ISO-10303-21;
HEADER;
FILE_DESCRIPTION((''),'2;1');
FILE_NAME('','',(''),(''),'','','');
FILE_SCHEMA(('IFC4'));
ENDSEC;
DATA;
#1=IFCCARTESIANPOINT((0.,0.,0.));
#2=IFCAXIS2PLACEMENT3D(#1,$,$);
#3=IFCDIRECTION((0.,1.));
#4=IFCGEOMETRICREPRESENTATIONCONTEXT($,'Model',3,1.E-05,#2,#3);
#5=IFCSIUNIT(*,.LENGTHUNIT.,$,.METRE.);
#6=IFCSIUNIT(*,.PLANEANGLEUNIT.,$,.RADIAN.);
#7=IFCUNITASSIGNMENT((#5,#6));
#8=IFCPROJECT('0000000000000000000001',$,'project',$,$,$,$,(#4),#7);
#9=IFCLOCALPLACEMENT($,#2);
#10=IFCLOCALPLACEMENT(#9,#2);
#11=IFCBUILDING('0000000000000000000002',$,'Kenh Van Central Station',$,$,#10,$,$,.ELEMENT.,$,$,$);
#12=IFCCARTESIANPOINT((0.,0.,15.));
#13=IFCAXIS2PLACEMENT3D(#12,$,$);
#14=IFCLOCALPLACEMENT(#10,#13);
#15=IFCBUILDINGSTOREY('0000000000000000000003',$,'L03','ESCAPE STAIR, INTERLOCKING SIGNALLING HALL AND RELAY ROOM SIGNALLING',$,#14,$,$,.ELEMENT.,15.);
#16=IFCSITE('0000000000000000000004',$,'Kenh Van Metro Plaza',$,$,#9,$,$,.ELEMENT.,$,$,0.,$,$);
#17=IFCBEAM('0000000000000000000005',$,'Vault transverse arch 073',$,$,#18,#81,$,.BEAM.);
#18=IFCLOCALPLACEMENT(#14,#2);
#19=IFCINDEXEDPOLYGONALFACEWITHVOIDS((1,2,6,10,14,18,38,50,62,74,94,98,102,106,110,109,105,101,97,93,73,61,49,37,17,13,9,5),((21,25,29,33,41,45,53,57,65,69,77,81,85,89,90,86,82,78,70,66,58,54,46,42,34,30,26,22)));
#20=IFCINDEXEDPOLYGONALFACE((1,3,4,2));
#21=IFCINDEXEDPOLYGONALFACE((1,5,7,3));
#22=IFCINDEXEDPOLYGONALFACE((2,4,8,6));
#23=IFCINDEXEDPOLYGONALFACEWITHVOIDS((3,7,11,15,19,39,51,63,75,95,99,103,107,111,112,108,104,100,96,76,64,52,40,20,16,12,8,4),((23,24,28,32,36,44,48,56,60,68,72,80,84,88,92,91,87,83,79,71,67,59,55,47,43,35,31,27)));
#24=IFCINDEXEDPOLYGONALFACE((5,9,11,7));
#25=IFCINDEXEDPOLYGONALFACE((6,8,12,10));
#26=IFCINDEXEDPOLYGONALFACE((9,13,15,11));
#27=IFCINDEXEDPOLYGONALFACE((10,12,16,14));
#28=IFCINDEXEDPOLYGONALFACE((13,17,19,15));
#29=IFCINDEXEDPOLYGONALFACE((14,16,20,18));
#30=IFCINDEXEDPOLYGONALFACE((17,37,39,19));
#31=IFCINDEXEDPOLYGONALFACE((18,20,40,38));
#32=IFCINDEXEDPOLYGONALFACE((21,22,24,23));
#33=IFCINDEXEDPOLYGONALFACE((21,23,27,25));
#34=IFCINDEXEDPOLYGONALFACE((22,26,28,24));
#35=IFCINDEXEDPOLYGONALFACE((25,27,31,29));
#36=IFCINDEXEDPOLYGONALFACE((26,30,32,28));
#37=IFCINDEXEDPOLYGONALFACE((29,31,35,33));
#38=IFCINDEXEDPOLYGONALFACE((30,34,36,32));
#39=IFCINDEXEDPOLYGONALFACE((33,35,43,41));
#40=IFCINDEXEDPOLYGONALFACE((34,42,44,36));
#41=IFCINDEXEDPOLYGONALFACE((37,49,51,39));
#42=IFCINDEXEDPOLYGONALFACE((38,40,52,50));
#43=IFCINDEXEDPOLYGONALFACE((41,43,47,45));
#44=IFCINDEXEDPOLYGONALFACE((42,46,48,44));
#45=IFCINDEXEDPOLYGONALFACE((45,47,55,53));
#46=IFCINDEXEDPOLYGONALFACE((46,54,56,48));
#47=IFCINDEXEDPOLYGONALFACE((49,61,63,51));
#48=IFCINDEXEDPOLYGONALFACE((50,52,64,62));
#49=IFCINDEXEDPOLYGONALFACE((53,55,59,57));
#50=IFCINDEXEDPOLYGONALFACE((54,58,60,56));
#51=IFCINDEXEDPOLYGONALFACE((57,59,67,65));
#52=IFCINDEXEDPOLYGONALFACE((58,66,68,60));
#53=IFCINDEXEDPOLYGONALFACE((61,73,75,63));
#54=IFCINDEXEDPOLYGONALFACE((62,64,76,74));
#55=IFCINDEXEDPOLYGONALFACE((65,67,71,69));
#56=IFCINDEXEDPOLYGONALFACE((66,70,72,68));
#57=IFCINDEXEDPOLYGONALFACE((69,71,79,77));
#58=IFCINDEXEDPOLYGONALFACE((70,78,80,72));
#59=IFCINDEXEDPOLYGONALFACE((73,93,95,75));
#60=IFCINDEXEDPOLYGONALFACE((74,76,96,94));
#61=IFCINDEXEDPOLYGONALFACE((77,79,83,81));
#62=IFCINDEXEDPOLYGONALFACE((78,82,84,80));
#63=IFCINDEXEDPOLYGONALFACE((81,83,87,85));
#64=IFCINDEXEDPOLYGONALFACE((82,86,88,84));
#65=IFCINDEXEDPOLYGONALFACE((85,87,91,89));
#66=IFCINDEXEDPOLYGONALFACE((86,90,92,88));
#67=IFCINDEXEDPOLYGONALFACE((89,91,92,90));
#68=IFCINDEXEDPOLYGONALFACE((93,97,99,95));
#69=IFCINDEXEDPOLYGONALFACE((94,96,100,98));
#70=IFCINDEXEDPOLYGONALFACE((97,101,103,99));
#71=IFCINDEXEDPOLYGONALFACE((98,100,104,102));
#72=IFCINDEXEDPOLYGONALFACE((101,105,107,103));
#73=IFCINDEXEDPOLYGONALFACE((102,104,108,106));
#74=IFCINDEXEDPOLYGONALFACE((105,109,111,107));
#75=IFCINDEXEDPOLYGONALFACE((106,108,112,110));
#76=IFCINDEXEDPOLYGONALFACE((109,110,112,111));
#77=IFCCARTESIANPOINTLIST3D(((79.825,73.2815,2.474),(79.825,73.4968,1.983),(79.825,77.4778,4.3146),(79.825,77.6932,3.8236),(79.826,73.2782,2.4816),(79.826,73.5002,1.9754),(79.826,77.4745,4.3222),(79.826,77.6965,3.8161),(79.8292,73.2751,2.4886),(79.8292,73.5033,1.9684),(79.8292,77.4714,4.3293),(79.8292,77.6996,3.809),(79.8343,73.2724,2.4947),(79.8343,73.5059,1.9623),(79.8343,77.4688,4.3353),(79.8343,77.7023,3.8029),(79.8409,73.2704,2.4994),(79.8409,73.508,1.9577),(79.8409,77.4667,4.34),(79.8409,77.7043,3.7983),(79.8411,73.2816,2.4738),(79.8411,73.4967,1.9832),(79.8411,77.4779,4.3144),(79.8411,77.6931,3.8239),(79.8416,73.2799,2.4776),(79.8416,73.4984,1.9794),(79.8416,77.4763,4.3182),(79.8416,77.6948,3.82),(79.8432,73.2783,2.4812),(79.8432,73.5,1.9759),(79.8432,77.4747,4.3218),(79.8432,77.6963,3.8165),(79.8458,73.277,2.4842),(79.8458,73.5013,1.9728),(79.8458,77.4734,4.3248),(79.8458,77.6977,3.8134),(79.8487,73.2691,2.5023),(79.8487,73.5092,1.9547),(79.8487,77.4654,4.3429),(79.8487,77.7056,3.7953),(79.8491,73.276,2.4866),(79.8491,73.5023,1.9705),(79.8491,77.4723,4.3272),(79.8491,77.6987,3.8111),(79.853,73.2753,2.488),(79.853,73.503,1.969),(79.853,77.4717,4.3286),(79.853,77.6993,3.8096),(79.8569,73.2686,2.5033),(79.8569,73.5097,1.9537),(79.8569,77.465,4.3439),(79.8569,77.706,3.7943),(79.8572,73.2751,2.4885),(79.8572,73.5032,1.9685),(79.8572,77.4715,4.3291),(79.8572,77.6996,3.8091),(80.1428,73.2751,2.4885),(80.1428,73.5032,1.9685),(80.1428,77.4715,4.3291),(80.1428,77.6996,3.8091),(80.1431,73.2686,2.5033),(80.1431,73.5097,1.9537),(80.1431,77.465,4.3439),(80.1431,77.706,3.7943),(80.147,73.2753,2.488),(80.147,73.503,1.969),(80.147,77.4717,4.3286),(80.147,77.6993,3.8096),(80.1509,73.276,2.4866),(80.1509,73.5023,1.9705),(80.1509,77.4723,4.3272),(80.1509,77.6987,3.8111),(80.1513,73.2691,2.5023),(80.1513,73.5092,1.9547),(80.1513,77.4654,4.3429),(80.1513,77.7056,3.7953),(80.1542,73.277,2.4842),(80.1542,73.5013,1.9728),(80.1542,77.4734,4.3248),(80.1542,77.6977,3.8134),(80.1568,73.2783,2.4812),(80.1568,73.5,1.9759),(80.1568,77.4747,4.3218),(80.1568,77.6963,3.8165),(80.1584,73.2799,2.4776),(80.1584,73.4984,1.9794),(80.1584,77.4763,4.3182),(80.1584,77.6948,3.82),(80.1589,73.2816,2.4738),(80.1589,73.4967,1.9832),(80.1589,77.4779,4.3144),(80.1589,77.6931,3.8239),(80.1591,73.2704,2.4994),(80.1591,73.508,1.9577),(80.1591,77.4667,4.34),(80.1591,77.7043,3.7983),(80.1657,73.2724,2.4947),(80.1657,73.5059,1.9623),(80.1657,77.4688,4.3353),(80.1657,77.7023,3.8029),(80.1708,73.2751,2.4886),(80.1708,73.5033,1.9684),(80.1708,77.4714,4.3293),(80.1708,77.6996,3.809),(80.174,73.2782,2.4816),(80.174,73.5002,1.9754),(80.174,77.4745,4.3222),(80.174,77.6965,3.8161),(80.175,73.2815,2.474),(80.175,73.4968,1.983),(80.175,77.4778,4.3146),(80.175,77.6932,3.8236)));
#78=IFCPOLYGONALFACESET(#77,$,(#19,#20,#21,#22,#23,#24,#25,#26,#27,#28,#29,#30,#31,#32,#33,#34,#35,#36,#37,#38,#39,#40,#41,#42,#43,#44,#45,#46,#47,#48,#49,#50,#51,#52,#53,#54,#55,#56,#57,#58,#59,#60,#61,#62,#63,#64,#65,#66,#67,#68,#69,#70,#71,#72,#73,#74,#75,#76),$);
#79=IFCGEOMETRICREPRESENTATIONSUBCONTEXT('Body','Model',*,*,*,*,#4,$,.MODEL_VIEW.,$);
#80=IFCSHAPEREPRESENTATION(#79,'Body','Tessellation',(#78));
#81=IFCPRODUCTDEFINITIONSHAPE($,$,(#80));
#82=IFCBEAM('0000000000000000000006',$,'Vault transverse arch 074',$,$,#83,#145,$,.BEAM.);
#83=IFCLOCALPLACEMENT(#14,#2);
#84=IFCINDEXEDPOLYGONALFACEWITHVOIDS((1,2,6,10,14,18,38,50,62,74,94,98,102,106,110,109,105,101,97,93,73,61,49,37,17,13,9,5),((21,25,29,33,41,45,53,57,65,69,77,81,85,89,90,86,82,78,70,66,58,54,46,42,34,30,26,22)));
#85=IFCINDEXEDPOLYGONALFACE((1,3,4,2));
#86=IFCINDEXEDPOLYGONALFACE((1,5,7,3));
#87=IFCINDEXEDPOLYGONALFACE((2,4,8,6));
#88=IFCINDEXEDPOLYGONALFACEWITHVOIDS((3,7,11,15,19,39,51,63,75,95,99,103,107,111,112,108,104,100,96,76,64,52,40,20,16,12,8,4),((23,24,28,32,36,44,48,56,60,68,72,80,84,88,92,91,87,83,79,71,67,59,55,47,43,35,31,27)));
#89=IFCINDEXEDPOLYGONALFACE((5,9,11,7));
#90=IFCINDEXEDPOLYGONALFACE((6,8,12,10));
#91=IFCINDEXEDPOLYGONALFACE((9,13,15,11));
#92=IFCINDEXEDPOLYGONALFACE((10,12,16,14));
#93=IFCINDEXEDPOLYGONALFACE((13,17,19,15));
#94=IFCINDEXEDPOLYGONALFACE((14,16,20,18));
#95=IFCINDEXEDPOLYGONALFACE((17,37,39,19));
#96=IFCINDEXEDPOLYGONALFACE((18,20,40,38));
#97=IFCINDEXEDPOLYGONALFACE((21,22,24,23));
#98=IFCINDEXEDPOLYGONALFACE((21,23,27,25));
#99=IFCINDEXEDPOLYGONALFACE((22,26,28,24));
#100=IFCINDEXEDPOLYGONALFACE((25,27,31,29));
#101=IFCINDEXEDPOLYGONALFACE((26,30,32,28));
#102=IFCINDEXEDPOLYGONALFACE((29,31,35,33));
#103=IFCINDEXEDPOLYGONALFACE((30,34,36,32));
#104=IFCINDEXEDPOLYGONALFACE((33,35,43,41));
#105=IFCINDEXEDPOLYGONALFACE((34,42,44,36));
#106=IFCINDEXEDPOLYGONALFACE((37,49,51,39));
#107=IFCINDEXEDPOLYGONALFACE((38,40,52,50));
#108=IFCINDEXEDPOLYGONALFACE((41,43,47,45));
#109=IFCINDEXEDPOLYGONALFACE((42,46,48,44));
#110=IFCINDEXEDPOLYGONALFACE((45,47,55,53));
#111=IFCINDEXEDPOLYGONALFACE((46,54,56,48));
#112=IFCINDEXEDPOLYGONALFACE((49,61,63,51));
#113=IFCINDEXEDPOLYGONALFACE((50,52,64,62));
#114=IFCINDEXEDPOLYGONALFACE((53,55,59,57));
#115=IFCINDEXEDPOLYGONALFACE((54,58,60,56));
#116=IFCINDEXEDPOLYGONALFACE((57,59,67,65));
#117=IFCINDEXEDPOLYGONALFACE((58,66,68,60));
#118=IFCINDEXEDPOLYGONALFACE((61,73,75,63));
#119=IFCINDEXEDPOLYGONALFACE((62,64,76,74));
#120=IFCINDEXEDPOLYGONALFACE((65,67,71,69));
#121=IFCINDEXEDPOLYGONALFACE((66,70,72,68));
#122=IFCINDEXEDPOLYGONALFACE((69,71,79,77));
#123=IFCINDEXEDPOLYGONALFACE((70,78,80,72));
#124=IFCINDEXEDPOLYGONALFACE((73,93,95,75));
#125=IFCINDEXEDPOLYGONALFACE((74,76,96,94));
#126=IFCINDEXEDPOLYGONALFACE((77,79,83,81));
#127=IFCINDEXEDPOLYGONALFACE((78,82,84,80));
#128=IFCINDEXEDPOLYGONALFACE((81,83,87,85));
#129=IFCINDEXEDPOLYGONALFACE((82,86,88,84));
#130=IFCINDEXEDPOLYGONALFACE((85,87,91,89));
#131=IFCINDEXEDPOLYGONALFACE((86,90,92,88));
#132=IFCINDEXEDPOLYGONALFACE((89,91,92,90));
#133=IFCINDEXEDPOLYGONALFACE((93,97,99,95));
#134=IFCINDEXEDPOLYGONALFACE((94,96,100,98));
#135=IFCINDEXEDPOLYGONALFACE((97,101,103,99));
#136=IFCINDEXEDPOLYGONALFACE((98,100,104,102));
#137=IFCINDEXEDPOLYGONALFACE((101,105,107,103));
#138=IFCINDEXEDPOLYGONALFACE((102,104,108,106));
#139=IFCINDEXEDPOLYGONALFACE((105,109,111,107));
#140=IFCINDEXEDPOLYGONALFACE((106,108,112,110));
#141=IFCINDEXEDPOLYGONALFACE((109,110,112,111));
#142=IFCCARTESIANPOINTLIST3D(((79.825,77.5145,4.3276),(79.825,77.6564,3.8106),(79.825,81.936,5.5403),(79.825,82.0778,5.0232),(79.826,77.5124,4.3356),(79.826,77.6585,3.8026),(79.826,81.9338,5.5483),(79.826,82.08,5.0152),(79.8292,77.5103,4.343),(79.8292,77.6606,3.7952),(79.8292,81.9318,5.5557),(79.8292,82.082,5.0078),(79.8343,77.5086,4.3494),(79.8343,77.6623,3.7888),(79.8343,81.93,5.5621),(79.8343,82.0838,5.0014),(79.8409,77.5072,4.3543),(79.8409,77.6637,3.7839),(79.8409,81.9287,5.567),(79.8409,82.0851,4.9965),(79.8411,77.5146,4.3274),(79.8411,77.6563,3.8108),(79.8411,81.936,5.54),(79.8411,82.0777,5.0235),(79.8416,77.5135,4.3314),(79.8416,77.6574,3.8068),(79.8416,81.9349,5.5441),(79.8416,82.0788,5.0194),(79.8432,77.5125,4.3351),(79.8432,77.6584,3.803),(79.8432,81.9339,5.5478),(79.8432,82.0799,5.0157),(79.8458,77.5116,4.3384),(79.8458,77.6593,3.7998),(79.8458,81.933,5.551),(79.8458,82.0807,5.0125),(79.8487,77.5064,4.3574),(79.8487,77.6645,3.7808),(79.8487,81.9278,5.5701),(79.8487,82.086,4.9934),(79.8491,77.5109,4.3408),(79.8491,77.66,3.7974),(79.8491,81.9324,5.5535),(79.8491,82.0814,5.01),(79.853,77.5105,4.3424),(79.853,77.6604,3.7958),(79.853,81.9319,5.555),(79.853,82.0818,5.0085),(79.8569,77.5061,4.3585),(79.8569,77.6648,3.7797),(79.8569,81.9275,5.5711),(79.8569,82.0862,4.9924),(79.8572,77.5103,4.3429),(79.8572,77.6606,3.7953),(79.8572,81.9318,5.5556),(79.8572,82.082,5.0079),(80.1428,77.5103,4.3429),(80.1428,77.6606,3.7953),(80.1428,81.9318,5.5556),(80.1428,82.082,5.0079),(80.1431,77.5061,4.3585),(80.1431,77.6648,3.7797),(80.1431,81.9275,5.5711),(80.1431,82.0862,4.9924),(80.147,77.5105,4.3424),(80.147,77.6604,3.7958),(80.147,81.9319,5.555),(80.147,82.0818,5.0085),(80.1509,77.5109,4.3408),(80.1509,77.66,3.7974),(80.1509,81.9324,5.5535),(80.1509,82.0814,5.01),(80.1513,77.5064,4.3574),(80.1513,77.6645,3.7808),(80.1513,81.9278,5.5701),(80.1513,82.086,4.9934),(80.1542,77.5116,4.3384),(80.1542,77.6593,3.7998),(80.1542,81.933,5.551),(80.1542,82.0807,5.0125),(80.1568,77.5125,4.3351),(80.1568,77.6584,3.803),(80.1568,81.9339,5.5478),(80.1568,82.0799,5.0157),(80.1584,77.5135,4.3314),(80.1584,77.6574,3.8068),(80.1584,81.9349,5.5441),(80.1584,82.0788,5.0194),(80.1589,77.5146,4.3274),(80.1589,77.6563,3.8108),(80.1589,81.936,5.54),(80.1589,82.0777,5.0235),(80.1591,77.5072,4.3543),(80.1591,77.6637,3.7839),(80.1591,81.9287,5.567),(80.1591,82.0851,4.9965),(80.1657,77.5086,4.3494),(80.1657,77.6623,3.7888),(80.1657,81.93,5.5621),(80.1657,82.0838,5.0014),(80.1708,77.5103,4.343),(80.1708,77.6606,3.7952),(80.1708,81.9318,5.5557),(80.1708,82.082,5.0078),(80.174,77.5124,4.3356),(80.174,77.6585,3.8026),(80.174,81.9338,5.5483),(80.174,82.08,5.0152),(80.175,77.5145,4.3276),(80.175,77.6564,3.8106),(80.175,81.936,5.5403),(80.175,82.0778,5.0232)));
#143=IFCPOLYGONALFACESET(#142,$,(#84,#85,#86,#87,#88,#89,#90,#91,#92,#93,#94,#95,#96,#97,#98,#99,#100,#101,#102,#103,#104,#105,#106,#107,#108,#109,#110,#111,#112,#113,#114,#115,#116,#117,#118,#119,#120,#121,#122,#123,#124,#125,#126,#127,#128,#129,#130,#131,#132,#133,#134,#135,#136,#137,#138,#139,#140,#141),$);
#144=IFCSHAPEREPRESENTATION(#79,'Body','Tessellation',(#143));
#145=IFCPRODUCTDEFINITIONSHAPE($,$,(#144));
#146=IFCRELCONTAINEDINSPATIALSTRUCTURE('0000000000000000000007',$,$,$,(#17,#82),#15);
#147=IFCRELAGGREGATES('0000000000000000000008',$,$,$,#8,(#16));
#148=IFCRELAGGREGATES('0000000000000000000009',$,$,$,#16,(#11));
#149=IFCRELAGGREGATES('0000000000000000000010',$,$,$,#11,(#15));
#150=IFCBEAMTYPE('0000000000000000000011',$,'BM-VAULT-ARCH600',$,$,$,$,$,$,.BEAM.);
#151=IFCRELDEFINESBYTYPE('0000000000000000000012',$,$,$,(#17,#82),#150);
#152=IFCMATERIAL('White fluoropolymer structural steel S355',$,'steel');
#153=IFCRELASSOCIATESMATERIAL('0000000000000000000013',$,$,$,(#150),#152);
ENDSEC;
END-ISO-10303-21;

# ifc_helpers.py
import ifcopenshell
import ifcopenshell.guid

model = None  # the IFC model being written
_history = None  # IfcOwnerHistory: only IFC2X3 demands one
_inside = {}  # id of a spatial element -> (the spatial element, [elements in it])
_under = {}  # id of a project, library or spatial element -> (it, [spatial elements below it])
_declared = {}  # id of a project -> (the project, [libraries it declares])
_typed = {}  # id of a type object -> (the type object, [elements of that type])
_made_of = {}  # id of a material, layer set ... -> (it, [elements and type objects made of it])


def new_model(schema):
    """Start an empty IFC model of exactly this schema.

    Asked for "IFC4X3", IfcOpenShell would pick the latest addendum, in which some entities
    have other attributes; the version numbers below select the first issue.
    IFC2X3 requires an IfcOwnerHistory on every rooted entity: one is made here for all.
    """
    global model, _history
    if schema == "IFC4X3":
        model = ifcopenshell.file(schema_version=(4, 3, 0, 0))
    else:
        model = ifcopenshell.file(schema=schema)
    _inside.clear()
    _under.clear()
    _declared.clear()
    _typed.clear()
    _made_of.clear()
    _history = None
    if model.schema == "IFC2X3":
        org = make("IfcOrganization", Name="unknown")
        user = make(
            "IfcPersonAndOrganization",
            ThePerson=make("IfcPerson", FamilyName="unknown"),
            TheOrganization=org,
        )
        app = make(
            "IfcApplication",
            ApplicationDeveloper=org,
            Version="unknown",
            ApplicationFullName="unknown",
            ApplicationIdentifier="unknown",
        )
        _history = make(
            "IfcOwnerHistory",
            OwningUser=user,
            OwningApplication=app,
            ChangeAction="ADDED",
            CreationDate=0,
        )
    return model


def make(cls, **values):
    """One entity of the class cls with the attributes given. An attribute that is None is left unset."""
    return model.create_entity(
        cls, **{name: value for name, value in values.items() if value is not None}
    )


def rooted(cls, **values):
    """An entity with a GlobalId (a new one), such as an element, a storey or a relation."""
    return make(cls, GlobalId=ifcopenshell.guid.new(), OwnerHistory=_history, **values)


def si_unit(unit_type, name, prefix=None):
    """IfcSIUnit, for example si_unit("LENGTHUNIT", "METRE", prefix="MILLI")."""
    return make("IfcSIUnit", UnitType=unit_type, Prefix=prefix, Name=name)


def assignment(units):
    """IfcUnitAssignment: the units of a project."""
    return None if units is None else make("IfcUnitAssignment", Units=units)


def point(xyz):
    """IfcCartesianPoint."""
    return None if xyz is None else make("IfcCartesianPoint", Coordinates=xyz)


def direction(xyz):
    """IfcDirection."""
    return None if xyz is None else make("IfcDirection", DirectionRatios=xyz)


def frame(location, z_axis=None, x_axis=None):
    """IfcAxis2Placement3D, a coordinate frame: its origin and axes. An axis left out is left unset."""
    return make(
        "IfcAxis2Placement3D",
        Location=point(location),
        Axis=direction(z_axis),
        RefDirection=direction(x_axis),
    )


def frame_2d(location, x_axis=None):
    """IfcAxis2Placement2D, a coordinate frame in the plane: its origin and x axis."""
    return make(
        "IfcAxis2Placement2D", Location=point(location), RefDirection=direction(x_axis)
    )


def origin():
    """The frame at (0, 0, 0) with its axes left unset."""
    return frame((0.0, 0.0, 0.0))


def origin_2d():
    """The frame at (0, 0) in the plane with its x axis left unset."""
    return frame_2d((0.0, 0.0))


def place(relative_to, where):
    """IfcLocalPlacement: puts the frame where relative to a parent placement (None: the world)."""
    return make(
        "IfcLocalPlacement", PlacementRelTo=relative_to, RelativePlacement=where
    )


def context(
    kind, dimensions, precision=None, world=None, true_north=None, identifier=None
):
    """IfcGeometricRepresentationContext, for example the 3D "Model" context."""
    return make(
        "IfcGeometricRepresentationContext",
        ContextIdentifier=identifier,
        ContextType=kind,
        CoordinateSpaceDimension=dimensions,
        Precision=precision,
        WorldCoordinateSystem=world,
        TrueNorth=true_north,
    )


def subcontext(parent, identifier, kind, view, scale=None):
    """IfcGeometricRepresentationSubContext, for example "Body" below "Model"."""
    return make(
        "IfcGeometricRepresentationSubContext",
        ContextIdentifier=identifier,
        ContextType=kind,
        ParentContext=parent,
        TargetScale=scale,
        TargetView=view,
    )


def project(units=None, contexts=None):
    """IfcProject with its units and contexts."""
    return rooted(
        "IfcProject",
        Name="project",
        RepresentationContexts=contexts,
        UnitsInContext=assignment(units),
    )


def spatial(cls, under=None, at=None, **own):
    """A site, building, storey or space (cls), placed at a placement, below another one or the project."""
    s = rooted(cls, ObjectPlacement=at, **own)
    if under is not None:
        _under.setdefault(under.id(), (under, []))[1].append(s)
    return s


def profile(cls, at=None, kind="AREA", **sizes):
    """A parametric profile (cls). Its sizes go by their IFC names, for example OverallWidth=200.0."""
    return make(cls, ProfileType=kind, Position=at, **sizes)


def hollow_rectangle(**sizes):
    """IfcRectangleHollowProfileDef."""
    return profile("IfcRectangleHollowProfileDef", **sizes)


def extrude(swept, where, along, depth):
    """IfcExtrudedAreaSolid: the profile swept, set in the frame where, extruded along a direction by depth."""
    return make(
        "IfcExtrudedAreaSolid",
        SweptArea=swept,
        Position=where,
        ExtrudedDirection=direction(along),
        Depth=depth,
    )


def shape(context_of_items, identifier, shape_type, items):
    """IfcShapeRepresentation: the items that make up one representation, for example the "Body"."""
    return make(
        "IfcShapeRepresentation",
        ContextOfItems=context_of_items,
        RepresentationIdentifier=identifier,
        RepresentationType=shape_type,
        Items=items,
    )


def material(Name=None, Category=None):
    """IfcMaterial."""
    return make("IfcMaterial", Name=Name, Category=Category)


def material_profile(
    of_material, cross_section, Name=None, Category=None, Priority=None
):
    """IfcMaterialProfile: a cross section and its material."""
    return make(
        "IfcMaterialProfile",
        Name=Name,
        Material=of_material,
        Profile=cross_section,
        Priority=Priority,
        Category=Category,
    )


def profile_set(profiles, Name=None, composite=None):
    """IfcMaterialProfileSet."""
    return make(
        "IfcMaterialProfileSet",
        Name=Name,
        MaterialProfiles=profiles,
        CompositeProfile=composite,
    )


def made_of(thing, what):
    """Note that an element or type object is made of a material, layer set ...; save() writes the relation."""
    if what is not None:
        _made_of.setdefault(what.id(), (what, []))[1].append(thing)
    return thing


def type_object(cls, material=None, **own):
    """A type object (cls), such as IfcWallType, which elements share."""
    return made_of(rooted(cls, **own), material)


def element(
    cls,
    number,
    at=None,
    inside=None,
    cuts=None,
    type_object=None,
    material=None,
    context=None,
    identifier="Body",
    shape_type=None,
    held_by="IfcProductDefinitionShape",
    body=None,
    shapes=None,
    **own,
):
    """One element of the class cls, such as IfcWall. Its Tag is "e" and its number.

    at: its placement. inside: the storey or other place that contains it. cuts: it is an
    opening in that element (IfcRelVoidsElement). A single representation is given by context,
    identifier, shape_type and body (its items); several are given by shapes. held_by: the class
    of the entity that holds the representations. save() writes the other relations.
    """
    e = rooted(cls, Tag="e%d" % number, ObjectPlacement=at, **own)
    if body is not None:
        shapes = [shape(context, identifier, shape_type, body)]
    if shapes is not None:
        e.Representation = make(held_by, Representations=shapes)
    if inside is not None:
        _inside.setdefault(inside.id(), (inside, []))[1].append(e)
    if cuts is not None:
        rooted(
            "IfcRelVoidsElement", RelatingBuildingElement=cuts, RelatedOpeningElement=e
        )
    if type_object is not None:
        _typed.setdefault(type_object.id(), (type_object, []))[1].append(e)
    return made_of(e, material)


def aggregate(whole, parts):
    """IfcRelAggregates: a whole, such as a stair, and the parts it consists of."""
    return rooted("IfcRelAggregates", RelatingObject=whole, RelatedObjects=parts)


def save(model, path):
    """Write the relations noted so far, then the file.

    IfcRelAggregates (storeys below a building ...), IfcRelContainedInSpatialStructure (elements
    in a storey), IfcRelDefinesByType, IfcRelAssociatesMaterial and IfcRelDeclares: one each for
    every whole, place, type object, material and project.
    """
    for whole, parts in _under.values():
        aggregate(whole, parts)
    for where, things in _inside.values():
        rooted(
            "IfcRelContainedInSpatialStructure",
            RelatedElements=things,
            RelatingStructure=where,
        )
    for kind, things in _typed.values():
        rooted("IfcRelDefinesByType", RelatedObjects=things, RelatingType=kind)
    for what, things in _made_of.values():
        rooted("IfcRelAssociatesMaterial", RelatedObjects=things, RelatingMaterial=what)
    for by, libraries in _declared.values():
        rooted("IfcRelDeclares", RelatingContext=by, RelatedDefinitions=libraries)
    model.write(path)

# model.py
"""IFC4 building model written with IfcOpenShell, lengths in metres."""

from ifc_helpers import new_model, si_unit, direction, frame, origin, origin_2d, place, context, subcontext, project, spatial, hollow_rectangle, extrude, material, material_profile, profile_set, type_object, element, save


model = new_model("IFC4")

# Units and contexts
model_context = context("Model", 3, precision=1e-05, world=origin(), true_north=direction((0.0, 1.0)))
body_context = subcontext(model_context, "Body", "Model", "MODEL_VIEW")
ifc_project = project(units=[si_unit("LENGTHUNIT", "METRE"), si_unit("PLANEANGLEUNIT", "RADIAN")], contexts=[model_context])

# Site, building, storey
site_placement = place(None, origin())
site = spatial("IfcSite", under=ifc_project, at=site_placement, Name="Kenh Van Metro Plaza", CompositionType="ELEMENT", RefElevation=0.0)
building_placement = place(site_placement, origin())
building = spatial("IfcBuilding", under=site, at=building_placement, Name="Kenh Van Central Station", CompositionType="ELEMENT")
storey_placement = place(building_placement, frame((0.0, 0.0, 15.0)))
storey = spatial("IfcBuildingStorey", under=building, at=storey_placement, Name="L03", Description="ESCAPE STAIR, INTERLOCKING SIGNALLING HALL AND RELAY ROOM SIGNALLING", CompositionType="ELEMENT", Elevation=15.0)

# Beams
ifc_material_1 = material(Name="White fluoropolymer structural steel S355", Category="steel")
ifc_material_profile_1 = material_profile(ifc_material_1, hollow_rectangle(XDim=0.3501, YDim=0.6001, WallThickness=0.0161, InnerFilletRadius=0.0161, OuterFilletRadius=0.032, at=origin_2d()), Name="RHS 600x350x16")
ifc_profile_set_1 = profile_set([ifc_material_profile_1], Name="White fluoropolymer structural steel S355")
beam_type_1 = type_object("IfcBeamType", Name="BM-VAULT-ARCH600", PredefinedType="BEAM", material=ifc_profile_set_1)
beam_1_placement = place(storey_placement, frame((80.0, 73.3892, 2.2285), z_axis=(0.0, 0.91578, 0.40168), x_axis=(-1.0, 0.0, 0.0)))
element("IfcBeam", 1, at=beam_1_placement, inside=storey, type_object=beam_type_1, Name="Vault transverse arch 073", PredefinedType="BEAM", context=body_context, shape_type="SweptSolid", body=[
    extrude(hollow_rectangle(XDim=0.3501, YDim=0.6001, WallThickness=0.0161, InnerFilletRadius=0.0161, OuterFilletRadius=0.032, at=origin_2d()), origin(), (0.0, 0.0, 1.0), 4.5823),
])
beam_2_placement = place(storey_placement, frame((80.0, 77.5854, 4.0691), z_axis=(0.0, 0.964386, 0.2645), x_axis=(-1.0, 0.0, 0.0)))
element("IfcBeam", 2, at=beam_2_placement, inside=storey, type_object=beam_type_1, Name="Vault transverse arch 074", PredefinedType="BEAM", context=body_context, shape_type="SweptSolid", body=[
    extrude(hollow_rectangle(XDim=0.3501, YDim=0.6001, WallThickness=0.0161, InnerFilletRadius=0.0161, OuterFilletRadius=0.032, at=origin_2d()), origin(), (0.0, 0.0, 1.0), 4.5847),
])

save(model, "model.ifc")
